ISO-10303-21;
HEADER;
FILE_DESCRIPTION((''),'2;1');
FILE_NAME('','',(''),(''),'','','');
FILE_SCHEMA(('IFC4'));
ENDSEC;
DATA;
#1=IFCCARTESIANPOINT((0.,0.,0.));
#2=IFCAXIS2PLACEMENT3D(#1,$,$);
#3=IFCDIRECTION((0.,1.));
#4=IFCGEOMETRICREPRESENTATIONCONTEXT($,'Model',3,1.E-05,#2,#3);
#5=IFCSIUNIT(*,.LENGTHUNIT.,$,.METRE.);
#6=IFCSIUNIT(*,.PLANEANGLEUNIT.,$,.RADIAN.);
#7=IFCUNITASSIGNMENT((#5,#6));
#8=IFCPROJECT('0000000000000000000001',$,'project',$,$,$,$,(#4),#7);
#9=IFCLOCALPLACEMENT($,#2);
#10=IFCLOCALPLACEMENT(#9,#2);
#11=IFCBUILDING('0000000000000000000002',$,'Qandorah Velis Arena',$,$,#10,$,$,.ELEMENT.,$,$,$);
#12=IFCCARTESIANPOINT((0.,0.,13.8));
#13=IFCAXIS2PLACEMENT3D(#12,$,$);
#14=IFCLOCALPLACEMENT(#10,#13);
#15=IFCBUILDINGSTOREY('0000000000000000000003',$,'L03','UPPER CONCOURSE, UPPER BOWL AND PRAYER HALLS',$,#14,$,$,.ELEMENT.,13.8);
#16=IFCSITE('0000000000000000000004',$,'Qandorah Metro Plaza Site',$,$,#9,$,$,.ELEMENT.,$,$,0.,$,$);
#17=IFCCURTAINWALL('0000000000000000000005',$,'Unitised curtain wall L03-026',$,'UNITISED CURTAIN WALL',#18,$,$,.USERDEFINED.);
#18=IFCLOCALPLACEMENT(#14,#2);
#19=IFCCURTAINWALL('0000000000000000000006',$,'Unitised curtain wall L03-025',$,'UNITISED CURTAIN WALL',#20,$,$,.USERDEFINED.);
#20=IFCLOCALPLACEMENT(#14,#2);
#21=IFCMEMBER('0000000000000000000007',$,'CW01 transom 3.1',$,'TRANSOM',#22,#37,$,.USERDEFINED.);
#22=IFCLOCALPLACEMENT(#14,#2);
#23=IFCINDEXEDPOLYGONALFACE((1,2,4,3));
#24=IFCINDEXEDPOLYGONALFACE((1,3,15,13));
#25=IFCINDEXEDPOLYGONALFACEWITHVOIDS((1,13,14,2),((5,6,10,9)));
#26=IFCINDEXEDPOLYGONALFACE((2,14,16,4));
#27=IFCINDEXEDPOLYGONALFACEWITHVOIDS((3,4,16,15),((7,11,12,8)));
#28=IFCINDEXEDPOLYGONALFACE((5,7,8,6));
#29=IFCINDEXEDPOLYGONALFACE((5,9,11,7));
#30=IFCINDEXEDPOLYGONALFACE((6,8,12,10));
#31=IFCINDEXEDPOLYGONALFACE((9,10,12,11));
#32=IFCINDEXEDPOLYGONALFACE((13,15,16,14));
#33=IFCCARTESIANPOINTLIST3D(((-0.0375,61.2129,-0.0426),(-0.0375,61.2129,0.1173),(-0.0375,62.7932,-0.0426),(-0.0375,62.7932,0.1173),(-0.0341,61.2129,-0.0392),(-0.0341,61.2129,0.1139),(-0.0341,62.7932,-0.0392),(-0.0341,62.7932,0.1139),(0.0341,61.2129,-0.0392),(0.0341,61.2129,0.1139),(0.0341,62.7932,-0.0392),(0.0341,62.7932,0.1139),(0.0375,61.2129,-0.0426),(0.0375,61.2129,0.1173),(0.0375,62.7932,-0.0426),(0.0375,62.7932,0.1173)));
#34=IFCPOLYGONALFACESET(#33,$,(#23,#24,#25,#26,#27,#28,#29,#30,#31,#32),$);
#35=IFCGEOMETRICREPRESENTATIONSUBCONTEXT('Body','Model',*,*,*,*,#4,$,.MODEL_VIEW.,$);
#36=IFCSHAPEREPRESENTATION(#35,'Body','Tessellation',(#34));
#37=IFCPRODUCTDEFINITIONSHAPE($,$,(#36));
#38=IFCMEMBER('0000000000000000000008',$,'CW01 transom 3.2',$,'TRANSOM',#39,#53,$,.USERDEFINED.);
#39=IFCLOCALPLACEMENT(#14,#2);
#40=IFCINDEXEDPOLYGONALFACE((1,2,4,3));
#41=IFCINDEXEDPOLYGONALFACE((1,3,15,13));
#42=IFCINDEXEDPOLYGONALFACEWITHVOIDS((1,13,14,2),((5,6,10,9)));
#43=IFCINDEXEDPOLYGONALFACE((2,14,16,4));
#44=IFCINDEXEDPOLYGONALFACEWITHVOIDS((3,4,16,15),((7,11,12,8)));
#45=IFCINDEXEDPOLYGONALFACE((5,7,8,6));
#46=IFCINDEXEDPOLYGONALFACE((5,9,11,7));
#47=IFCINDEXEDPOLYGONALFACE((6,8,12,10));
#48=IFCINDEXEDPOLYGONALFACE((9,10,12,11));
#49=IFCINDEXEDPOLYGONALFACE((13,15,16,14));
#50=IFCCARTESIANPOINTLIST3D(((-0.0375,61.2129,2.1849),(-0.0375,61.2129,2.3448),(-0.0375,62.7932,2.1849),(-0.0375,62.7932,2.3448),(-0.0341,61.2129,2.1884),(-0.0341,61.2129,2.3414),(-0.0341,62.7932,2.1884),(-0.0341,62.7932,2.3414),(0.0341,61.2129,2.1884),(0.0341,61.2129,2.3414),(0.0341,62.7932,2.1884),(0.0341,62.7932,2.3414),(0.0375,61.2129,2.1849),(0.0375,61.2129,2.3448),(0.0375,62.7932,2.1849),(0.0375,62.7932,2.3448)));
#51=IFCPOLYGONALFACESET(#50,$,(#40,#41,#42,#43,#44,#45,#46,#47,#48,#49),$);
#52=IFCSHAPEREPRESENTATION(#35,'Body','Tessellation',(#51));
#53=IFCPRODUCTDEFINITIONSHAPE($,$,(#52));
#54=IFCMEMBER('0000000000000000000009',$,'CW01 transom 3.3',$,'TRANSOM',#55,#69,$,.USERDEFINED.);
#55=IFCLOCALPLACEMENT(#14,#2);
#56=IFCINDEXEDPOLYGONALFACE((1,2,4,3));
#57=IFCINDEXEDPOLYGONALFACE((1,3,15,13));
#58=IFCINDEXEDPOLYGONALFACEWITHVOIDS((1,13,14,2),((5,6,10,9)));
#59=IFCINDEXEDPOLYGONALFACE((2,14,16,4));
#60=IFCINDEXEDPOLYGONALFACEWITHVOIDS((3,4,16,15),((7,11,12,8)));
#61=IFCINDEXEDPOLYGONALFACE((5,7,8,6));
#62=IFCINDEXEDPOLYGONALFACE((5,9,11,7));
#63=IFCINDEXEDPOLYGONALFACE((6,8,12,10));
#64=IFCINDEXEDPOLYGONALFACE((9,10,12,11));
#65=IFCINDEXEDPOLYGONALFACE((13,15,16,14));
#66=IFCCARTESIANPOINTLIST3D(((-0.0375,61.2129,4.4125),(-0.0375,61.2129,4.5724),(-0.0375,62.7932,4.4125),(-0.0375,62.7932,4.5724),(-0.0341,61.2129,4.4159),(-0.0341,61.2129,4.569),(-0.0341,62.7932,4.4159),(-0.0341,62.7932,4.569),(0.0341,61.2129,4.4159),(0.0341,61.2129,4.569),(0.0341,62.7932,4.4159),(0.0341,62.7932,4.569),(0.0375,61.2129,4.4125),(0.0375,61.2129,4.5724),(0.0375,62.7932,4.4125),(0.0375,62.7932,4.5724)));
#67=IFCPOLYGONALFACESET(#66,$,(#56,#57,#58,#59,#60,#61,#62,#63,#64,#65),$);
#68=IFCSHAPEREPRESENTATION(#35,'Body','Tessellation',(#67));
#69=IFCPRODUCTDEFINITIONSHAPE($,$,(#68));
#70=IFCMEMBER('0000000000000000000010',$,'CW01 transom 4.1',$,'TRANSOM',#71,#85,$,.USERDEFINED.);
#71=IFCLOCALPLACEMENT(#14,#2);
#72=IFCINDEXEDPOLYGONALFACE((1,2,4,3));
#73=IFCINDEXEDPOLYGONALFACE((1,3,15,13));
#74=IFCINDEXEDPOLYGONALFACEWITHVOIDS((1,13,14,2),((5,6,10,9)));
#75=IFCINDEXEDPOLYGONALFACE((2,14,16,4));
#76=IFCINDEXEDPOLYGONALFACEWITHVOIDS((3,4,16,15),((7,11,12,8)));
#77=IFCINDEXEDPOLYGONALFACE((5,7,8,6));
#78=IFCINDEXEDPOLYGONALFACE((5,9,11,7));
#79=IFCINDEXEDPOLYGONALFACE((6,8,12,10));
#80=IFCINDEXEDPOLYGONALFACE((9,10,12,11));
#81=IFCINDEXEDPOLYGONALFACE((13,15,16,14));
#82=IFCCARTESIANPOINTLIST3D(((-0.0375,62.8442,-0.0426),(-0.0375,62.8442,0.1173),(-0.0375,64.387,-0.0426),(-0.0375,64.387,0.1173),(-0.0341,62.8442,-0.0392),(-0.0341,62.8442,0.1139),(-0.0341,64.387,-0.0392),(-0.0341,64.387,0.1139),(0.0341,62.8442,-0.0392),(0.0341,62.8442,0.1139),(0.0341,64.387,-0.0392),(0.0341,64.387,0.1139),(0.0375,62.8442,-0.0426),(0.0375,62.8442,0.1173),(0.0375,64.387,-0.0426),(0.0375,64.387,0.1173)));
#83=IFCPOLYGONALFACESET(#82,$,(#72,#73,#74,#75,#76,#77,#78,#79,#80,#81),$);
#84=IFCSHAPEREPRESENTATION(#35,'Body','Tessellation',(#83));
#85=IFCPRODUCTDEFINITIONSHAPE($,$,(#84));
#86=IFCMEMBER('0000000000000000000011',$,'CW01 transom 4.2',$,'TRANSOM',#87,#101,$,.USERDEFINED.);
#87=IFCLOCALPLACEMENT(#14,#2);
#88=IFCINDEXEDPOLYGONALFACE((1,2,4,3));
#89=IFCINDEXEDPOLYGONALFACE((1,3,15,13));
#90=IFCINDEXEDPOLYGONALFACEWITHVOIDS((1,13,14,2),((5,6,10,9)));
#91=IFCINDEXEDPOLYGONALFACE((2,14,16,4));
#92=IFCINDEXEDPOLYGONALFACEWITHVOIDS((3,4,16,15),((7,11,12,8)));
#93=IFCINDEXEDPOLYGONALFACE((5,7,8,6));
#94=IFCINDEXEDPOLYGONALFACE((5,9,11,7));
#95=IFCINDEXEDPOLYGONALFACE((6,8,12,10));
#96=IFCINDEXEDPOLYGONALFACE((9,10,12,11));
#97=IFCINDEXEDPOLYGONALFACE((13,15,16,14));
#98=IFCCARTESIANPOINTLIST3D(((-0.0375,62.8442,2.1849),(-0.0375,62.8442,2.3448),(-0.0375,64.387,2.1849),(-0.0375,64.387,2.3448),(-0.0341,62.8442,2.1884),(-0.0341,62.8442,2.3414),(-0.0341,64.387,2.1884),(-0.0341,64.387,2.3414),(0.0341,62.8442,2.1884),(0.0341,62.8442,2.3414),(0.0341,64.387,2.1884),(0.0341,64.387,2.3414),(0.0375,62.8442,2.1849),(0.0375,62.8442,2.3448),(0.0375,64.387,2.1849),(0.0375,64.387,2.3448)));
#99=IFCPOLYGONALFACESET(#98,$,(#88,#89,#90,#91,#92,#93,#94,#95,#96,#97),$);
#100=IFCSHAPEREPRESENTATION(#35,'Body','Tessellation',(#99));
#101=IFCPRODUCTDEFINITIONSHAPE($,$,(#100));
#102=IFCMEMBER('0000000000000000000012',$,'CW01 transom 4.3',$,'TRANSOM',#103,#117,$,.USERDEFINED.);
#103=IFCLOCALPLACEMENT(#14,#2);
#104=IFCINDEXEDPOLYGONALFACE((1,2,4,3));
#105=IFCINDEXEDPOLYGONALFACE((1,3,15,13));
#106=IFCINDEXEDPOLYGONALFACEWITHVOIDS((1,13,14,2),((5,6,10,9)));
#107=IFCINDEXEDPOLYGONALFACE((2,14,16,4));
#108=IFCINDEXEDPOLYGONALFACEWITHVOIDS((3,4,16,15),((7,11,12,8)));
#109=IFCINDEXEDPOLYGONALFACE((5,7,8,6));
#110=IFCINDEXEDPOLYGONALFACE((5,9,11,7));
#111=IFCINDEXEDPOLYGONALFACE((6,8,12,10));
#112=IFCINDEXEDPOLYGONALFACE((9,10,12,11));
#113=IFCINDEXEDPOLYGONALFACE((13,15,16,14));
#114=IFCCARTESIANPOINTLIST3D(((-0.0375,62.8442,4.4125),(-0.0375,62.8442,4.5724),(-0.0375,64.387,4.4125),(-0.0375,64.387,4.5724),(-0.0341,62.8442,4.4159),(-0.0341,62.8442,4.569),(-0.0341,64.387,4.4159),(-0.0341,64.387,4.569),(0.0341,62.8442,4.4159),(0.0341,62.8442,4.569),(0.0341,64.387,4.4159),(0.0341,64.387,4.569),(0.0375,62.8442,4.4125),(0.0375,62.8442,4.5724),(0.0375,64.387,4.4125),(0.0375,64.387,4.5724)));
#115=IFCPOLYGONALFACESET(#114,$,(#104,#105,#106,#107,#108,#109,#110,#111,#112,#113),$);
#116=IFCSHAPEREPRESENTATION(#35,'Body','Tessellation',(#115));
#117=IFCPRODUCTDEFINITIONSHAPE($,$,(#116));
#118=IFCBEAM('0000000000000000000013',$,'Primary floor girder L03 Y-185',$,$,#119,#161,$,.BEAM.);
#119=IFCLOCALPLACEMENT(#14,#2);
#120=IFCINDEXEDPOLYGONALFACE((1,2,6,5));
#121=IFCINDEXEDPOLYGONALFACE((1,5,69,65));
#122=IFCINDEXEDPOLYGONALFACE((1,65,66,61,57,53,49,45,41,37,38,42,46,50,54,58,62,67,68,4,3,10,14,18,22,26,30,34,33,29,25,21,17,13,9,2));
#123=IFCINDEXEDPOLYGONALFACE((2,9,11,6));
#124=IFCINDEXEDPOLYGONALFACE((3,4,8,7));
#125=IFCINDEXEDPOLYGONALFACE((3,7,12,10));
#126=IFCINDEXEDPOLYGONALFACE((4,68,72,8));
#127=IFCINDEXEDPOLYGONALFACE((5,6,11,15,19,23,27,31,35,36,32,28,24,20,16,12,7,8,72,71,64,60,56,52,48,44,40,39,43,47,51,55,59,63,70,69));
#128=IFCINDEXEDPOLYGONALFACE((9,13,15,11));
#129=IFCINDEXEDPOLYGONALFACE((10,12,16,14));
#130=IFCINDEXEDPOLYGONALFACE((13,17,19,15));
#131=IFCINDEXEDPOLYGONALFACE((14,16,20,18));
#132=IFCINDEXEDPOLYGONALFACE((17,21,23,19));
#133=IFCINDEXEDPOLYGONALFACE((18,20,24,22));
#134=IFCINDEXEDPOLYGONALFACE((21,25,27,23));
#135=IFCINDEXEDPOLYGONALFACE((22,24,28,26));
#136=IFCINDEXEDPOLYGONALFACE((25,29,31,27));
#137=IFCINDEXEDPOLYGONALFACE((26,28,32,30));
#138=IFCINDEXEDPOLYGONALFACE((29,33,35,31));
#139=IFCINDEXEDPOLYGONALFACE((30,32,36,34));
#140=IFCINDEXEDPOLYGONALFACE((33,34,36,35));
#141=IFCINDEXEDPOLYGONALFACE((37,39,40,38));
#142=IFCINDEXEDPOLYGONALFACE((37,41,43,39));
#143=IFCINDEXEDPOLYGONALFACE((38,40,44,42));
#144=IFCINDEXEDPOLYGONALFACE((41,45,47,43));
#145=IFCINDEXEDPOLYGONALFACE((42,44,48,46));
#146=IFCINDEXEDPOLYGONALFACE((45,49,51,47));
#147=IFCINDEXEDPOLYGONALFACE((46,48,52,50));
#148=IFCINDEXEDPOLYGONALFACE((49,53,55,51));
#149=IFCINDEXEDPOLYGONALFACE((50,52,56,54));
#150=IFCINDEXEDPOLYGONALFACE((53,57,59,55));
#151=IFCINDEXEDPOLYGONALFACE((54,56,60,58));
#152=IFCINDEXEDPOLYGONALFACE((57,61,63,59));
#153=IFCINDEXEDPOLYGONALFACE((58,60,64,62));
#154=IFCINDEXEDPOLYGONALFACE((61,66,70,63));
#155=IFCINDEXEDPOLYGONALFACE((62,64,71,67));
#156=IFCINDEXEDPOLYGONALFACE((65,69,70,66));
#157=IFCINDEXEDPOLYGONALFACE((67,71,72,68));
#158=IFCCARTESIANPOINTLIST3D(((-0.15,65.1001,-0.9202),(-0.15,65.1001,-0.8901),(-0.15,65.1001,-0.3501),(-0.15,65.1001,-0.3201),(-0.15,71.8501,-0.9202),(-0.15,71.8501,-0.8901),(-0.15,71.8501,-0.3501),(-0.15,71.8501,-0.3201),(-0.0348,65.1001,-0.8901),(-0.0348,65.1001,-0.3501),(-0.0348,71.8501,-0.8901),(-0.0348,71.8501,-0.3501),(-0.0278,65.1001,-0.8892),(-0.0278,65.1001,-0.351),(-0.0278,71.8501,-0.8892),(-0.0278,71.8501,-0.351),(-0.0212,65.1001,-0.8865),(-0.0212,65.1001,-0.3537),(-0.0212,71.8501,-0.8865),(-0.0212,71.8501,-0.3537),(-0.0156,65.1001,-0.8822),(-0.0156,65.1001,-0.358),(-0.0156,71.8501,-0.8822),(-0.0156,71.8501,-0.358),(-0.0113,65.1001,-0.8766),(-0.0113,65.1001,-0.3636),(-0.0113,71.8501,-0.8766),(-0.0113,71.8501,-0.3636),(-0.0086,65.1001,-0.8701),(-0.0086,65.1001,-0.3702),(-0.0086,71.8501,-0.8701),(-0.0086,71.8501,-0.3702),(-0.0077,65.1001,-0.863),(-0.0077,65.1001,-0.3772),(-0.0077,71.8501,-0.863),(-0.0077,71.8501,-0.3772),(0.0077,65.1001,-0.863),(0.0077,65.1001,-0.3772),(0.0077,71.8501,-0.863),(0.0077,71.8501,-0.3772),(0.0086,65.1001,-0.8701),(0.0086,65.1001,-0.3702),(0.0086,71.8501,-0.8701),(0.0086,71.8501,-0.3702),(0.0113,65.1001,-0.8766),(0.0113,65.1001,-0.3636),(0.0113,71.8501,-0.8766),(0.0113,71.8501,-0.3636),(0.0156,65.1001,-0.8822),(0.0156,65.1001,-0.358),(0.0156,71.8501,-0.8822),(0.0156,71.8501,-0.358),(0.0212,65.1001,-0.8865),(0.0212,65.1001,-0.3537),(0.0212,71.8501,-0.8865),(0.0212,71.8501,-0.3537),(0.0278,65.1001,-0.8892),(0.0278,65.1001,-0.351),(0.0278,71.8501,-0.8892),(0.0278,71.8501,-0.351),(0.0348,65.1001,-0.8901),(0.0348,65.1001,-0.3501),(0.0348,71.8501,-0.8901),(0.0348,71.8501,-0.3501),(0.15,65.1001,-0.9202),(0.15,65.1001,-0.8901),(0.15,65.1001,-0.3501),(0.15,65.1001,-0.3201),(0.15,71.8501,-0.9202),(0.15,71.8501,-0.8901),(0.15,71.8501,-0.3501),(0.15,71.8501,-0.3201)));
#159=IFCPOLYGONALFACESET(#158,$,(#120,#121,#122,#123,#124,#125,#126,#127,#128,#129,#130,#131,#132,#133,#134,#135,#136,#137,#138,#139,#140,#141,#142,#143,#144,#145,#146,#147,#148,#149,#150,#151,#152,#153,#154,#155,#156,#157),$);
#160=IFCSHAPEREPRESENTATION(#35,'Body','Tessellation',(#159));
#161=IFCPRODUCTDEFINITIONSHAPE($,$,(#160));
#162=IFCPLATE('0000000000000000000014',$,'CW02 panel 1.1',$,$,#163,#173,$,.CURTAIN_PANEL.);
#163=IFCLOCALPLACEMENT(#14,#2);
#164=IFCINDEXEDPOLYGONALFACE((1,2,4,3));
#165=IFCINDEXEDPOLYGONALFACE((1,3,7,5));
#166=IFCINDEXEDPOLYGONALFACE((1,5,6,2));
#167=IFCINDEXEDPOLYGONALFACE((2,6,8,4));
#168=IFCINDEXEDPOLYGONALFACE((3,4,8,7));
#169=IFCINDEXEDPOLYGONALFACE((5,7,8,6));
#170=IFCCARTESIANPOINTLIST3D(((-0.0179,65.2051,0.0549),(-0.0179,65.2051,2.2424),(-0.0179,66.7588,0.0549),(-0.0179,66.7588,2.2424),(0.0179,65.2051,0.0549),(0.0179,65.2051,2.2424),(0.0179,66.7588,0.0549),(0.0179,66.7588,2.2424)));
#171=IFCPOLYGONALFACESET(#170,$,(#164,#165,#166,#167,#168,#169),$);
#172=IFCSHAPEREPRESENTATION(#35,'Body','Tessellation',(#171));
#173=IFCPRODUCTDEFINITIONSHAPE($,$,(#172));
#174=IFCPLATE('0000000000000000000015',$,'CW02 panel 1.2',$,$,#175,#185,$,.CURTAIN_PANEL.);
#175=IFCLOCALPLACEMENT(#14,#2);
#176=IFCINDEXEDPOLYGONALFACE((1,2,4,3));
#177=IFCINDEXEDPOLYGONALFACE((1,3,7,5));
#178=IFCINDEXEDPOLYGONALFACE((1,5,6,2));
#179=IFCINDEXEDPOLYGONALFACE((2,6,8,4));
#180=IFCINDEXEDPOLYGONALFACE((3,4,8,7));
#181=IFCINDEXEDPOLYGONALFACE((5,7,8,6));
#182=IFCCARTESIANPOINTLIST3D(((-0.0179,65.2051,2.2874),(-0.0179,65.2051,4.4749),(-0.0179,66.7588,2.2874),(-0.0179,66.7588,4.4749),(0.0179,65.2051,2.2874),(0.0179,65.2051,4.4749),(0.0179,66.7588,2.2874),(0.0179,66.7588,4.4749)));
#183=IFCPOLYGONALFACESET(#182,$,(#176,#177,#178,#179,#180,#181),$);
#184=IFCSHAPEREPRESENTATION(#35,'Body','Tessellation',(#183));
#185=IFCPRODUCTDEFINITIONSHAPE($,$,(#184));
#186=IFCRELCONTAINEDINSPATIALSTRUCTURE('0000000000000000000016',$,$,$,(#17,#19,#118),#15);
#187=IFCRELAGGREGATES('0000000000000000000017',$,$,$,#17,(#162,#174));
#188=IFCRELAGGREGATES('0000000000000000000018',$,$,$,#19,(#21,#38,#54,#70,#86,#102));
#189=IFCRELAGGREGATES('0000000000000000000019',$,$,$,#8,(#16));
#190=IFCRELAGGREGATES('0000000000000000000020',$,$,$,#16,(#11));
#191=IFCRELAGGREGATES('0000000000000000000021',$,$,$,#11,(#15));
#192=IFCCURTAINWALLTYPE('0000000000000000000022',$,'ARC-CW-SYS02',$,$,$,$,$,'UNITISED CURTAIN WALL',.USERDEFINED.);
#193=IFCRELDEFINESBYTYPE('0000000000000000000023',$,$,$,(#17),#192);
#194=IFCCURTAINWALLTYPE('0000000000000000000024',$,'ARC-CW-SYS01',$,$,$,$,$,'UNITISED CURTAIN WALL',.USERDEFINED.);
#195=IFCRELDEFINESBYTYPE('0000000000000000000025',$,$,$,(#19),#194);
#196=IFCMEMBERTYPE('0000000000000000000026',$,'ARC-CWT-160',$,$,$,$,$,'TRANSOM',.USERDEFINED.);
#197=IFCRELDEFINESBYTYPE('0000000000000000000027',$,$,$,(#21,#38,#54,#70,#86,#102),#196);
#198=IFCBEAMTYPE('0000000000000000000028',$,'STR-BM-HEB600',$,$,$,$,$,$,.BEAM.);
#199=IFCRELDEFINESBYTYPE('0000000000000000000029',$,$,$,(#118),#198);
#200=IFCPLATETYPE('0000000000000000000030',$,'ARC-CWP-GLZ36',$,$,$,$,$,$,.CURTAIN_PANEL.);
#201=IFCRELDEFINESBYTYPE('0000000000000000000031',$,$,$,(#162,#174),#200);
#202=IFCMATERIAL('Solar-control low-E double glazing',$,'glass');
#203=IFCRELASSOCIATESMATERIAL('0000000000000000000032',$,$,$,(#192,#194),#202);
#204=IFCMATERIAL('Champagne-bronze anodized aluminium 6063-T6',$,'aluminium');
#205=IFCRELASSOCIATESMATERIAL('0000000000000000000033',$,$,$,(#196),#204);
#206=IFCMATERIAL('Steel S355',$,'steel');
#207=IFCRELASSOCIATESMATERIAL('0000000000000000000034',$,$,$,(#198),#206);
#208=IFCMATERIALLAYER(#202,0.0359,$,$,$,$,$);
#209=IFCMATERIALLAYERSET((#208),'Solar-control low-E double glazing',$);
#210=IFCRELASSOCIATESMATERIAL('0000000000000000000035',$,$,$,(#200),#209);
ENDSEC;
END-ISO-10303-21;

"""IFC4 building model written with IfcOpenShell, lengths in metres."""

from ifc_helpers import new_model, si_unit, direction, frame, origin, origin_2d, place, context, subcontext, project, spatial, rectangle, hollow_rectangle, i_section, extrude, material, layer, layer_set, material_profile, profile_set, type_object, element, aggregate, save


model = new_model("IFC4")

# Units and contexts
model_context = context("Model", 3, precision=1e-05, world=origin(), true_north=direction((0.0, 1.0)))
body_context = subcontext(model_context, "Body", "Model", "MODEL_VIEW")
ifc_project = project(units=[si_unit("LENGTHUNIT", "METRE"), si_unit("PLANEANGLEUNIT", "RADIAN")], contexts=[model_context])

# Site, building, storey
site_placement = place(None, origin())
site = spatial("IfcSite", under=ifc_project, at=site_placement, Name="Qandorah Metro Plaza Site", CompositionType="ELEMENT", RefElevation=0.0)
building_placement = place(site_placement, origin())
building = spatial("IfcBuilding", under=site, at=building_placement, Name="Qandorah Velis Arena", CompositionType="ELEMENT")
storey_placement = place(building_placement, frame((0.0, 0.0, 13.8)))
storey = spatial("IfcBuildingStorey", under=building, at=storey_placement, Name="L03", Description="UPPER CONCOURSE, UPPER BOWL AND PRAYER HALLS", CompositionType="ELEMENT", Elevation=13.8)

# Curtain walls
ifc_material_1 = material(Name="Solar-control low-E double glazing", Category="glass")
curtain_wall_type_1 = type_object("IfcCurtainWallType", Name="ARC-CW-SYS02", ElementType="UNITISED CURTAIN WALL", PredefinedType="USERDEFINED", material=ifc_material_1)
curtain_wall_1_placement = place(storey_placement, origin())
curtain_wall_1 = element("IfcCurtainWall", 1, at=curtain_wall_1_placement, inside=storey, type_object=curtain_wall_type_1, Name="Unitised curtain wall L03-026", ObjectType="UNITISED CURTAIN WALL", PredefinedType="USERDEFINED")
ifc_material_2 = material(Name="Champagne-bronze anodized aluminium 6063-T6", Category="aluminium")
curtain_wall_type_2 = type_object("IfcCurtainWallType", Name="ARC-CW-SYS01", ElementType="UNITISED CURTAIN WALL", PredefinedType="USERDEFINED", material=ifc_material_1)
curtain_wall_2_placement = place(storey_placement, origin())
curtain_wall_2 = element("IfcCurtainWall", 2, at=curtain_wall_2_placement, inside=storey, type_object=curtain_wall_type_2, Name="Unitised curtain wall L03-025", ObjectType="UNITISED CURTAIN WALL", PredefinedType="USERDEFINED")

# Members
ifc_material_profile_1 = material_profile(ifc_material_2, hollow_rectangle(XDim=0.075, YDim=0.1599, WallThickness=0.0034, at=origin_2d()), Name="ALU TRANSOM 75x160")
ifc_profile_set_1 = profile_set([ifc_material_profile_1], Name="Champagne-bronze anodized aluminium 6063-T6")
member_type_1 = type_object("IfcMemberType", Name="ARC-CWT-160", ElementType="TRANSOM", PredefinedType="USERDEFINED", material=ifc_profile_set_1)
member_1_placement = place(storey_placement, frame((0.0, 61.2129, 0.0374), z_axis=(0.0, 1.0, 0.0), x_axis=(-1.0, 0.0, 0.0)))
member_1 = element("IfcMember", 3, at=member_1_placement, type_object=member_type_1, Name="CW01 transom 3.1", ObjectType="TRANSOM", PredefinedType="USERDEFINED", context=body_context, shape_type="SweptSolid", body=[
    extrude(hollow_rectangle(XDim=0.075, YDim=0.1599, WallThickness=0.0034, at=origin_2d()), origin(), (0.0, 0.0, 1.0), 1.5803),
])
member_2_placement = place(storey_placement, frame((0.0, 61.2129, 2.2649), z_axis=(0.0, 1.0, 0.0), x_axis=(-1.0, 0.0, 0.0)))
member_2 = element("IfcMember", 4, at=member_2_placement, type_object=member_type_1, Name="CW01 transom 3.2", ObjectType="TRANSOM", PredefinedType="USERDEFINED", context=body_context, shape_type="SweptSolid", body=[
    extrude(hollow_rectangle(XDim=0.075, YDim=0.1599, WallThickness=0.0034, at=origin_2d()), origin(), (0.0, 0.0, 1.0), 1.5803),
])
member_3_placement = place(storey_placement, frame((0.0, 61.2129, 4.4924), z_axis=(0.0, 1.0, 0.0), x_axis=(-1.0, 0.0, 0.0)))
member_3 = element("IfcMember", 5, at=member_3_placement, type_object=member_type_1, Name="CW01 transom 3.3", ObjectType="TRANSOM", PredefinedType="USERDEFINED", context=body_context, shape_type="SweptSolid", body=[
    extrude(hollow_rectangle(XDim=0.075, YDim=0.1599, WallThickness=0.0034, at=origin_2d()), origin(), (0.0, 0.0, 1.0), 1.5803),
])
member_4_placement = place(storey_placement, frame((0.0, 62.8442, 0.0374), z_axis=(0.0, 1.0, 0.0), x_axis=(-1.0, 0.0, 0.0)))
member_4 = element("IfcMember", 6, at=member_4_placement, type_object=member_type_1, Name="CW01 transom 4.1", ObjectType="TRANSOM", PredefinedType="USERDEFINED", context=body_context, shape_type="SweptSolid", body=[
    extrude(hollow_rectangle(XDim=0.075, YDim=0.1599, WallThickness=0.0034, at=origin_2d()), origin(), (0.0, 0.0, 1.0), 1.5427),
])
member_5_placement = place(storey_placement, frame((0.0, 62.8442, 2.2649), z_axis=(0.0, 1.0, 0.0), x_axis=(-1.0, 0.0, 0.0)))
member_5 = element("IfcMember", 7, at=member_5_placement, type_object=member_type_1, Name="CW01 transom 4.2", ObjectType="TRANSOM", PredefinedType="USERDEFINED", context=body_context, shape_type="SweptSolid", body=[
    extrude(hollow_rectangle(XDim=0.075, YDim=0.1599, WallThickness=0.0034, at=origin_2d()), origin(), (0.0, 0.0, 1.0), 1.5427),
])
member_6_placement = place(storey_placement, frame((0.0, 62.8442, 4.4924), z_axis=(0.0, 1.0, 0.0), x_axis=(-1.0, 0.0, 0.0)))
member_6 = element("IfcMember", 8, at=member_6_placement, type_object=member_type_1, Name="CW01 transom 4.3", ObjectType="TRANSOM", PredefinedType="USERDEFINED", context=body_context, shape_type="SweptSolid", body=[
    extrude(hollow_rectangle(XDim=0.075, YDim=0.1599, WallThickness=0.0034, at=origin_2d()), origin(), (0.0, 0.0, 1.0), 1.5427),
])

# Beam
ifc_material_3 = material(Name="Steel S355", Category="steel")
ifc_material_profile_2 = material_profile(ifc_material_3, i_section(OverallWidth=0.3, OverallDepth=0.6001, WebThickness=0.0154, FlangeThickness=0.03, FilletRadius=0.0271, at=origin_2d()), Name="HEB 600")
ifc_profile_set_2 = profile_set([ifc_material_profile_2], Name="Steel S355")
beam_type = type_object("IfcBeamType", Name="STR-BM-HEB600", PredefinedType="BEAM", material=ifc_profile_set_2)
beam_placement = place(storey_placement, frame((0.0, 65.1001, -0.6201), z_axis=(0.0, 1.0, 0.0), x_axis=(-1.0, 0.0, 0.0)))
element("IfcBeam", 9, at=beam_placement, inside=storey, type_object=beam_type, Name="Primary floor girder L03 Y-185", PredefinedType="BEAM", context=body_context, shape_type="SweptSolid", body=[
    extrude(i_section(OverallWidth=0.3, OverallDepth=0.6001, WebThickness=0.0154, FlangeThickness=0.03, FilletRadius=0.0271, at=origin_2d()), origin(), (0.0, 0.0, 1.0), 6.75),
])

# Plates
ifc_layer_1 = layer(ifc_material_1, 0.0359)
ifc_layer_set_1 = layer_set([ifc_layer_1], Name="Solar-control low-E double glazing")
plate_type_1 = type_object("IfcPlateType", Name="ARC-CWP-GLZ36", PredefinedType="CURTAIN_PANEL", material=ifc_layer_set_1)
plate_1_placement = place(storey_placement, frame((0.0, 65.9819, 0.0549), z_axis=(0.0, 0.0, 1.0), x_axis=(0.0, 1.0, 0.0)))
plate_1 = element("IfcPlate", 10, at=plate_1_placement, type_object=plate_type_1, Name="CW02 panel 1.1", PredefinedType="CURTAIN_PANEL", context=body_context, shape_type="SweptSolid", body=[
    extrude(rectangle(XDim=1.5537, YDim=0.0359, at=origin_2d()), origin(), (0.0, 0.0, 1.0), 2.1875),
])
plate_2_placement = place(storey_placement, frame((0.0, 65.9819, 2.2874), z_axis=(0.0, 0.0, 1.0), x_axis=(0.0, 1.0, 0.0)))
plate_2 = element("IfcPlate", 11, at=plate_2_placement, type_object=plate_type_1, Name="CW02 panel 1.2", PredefinedType="CURTAIN_PANEL", context=body_context, shape_type="SweptSolid", body=[
    extrude(rectangle(XDim=1.5537, YDim=0.0359, at=origin_2d()), origin(), (0.0, 0.0, 1.0), 2.1875),
])
aggregate(curtain_wall_1, [plate_1, plate_2])
aggregate(curtain_wall_2, [member_1, member_2, member_3, member_4, member_5, member_6])

save(model, "model.ifc")
